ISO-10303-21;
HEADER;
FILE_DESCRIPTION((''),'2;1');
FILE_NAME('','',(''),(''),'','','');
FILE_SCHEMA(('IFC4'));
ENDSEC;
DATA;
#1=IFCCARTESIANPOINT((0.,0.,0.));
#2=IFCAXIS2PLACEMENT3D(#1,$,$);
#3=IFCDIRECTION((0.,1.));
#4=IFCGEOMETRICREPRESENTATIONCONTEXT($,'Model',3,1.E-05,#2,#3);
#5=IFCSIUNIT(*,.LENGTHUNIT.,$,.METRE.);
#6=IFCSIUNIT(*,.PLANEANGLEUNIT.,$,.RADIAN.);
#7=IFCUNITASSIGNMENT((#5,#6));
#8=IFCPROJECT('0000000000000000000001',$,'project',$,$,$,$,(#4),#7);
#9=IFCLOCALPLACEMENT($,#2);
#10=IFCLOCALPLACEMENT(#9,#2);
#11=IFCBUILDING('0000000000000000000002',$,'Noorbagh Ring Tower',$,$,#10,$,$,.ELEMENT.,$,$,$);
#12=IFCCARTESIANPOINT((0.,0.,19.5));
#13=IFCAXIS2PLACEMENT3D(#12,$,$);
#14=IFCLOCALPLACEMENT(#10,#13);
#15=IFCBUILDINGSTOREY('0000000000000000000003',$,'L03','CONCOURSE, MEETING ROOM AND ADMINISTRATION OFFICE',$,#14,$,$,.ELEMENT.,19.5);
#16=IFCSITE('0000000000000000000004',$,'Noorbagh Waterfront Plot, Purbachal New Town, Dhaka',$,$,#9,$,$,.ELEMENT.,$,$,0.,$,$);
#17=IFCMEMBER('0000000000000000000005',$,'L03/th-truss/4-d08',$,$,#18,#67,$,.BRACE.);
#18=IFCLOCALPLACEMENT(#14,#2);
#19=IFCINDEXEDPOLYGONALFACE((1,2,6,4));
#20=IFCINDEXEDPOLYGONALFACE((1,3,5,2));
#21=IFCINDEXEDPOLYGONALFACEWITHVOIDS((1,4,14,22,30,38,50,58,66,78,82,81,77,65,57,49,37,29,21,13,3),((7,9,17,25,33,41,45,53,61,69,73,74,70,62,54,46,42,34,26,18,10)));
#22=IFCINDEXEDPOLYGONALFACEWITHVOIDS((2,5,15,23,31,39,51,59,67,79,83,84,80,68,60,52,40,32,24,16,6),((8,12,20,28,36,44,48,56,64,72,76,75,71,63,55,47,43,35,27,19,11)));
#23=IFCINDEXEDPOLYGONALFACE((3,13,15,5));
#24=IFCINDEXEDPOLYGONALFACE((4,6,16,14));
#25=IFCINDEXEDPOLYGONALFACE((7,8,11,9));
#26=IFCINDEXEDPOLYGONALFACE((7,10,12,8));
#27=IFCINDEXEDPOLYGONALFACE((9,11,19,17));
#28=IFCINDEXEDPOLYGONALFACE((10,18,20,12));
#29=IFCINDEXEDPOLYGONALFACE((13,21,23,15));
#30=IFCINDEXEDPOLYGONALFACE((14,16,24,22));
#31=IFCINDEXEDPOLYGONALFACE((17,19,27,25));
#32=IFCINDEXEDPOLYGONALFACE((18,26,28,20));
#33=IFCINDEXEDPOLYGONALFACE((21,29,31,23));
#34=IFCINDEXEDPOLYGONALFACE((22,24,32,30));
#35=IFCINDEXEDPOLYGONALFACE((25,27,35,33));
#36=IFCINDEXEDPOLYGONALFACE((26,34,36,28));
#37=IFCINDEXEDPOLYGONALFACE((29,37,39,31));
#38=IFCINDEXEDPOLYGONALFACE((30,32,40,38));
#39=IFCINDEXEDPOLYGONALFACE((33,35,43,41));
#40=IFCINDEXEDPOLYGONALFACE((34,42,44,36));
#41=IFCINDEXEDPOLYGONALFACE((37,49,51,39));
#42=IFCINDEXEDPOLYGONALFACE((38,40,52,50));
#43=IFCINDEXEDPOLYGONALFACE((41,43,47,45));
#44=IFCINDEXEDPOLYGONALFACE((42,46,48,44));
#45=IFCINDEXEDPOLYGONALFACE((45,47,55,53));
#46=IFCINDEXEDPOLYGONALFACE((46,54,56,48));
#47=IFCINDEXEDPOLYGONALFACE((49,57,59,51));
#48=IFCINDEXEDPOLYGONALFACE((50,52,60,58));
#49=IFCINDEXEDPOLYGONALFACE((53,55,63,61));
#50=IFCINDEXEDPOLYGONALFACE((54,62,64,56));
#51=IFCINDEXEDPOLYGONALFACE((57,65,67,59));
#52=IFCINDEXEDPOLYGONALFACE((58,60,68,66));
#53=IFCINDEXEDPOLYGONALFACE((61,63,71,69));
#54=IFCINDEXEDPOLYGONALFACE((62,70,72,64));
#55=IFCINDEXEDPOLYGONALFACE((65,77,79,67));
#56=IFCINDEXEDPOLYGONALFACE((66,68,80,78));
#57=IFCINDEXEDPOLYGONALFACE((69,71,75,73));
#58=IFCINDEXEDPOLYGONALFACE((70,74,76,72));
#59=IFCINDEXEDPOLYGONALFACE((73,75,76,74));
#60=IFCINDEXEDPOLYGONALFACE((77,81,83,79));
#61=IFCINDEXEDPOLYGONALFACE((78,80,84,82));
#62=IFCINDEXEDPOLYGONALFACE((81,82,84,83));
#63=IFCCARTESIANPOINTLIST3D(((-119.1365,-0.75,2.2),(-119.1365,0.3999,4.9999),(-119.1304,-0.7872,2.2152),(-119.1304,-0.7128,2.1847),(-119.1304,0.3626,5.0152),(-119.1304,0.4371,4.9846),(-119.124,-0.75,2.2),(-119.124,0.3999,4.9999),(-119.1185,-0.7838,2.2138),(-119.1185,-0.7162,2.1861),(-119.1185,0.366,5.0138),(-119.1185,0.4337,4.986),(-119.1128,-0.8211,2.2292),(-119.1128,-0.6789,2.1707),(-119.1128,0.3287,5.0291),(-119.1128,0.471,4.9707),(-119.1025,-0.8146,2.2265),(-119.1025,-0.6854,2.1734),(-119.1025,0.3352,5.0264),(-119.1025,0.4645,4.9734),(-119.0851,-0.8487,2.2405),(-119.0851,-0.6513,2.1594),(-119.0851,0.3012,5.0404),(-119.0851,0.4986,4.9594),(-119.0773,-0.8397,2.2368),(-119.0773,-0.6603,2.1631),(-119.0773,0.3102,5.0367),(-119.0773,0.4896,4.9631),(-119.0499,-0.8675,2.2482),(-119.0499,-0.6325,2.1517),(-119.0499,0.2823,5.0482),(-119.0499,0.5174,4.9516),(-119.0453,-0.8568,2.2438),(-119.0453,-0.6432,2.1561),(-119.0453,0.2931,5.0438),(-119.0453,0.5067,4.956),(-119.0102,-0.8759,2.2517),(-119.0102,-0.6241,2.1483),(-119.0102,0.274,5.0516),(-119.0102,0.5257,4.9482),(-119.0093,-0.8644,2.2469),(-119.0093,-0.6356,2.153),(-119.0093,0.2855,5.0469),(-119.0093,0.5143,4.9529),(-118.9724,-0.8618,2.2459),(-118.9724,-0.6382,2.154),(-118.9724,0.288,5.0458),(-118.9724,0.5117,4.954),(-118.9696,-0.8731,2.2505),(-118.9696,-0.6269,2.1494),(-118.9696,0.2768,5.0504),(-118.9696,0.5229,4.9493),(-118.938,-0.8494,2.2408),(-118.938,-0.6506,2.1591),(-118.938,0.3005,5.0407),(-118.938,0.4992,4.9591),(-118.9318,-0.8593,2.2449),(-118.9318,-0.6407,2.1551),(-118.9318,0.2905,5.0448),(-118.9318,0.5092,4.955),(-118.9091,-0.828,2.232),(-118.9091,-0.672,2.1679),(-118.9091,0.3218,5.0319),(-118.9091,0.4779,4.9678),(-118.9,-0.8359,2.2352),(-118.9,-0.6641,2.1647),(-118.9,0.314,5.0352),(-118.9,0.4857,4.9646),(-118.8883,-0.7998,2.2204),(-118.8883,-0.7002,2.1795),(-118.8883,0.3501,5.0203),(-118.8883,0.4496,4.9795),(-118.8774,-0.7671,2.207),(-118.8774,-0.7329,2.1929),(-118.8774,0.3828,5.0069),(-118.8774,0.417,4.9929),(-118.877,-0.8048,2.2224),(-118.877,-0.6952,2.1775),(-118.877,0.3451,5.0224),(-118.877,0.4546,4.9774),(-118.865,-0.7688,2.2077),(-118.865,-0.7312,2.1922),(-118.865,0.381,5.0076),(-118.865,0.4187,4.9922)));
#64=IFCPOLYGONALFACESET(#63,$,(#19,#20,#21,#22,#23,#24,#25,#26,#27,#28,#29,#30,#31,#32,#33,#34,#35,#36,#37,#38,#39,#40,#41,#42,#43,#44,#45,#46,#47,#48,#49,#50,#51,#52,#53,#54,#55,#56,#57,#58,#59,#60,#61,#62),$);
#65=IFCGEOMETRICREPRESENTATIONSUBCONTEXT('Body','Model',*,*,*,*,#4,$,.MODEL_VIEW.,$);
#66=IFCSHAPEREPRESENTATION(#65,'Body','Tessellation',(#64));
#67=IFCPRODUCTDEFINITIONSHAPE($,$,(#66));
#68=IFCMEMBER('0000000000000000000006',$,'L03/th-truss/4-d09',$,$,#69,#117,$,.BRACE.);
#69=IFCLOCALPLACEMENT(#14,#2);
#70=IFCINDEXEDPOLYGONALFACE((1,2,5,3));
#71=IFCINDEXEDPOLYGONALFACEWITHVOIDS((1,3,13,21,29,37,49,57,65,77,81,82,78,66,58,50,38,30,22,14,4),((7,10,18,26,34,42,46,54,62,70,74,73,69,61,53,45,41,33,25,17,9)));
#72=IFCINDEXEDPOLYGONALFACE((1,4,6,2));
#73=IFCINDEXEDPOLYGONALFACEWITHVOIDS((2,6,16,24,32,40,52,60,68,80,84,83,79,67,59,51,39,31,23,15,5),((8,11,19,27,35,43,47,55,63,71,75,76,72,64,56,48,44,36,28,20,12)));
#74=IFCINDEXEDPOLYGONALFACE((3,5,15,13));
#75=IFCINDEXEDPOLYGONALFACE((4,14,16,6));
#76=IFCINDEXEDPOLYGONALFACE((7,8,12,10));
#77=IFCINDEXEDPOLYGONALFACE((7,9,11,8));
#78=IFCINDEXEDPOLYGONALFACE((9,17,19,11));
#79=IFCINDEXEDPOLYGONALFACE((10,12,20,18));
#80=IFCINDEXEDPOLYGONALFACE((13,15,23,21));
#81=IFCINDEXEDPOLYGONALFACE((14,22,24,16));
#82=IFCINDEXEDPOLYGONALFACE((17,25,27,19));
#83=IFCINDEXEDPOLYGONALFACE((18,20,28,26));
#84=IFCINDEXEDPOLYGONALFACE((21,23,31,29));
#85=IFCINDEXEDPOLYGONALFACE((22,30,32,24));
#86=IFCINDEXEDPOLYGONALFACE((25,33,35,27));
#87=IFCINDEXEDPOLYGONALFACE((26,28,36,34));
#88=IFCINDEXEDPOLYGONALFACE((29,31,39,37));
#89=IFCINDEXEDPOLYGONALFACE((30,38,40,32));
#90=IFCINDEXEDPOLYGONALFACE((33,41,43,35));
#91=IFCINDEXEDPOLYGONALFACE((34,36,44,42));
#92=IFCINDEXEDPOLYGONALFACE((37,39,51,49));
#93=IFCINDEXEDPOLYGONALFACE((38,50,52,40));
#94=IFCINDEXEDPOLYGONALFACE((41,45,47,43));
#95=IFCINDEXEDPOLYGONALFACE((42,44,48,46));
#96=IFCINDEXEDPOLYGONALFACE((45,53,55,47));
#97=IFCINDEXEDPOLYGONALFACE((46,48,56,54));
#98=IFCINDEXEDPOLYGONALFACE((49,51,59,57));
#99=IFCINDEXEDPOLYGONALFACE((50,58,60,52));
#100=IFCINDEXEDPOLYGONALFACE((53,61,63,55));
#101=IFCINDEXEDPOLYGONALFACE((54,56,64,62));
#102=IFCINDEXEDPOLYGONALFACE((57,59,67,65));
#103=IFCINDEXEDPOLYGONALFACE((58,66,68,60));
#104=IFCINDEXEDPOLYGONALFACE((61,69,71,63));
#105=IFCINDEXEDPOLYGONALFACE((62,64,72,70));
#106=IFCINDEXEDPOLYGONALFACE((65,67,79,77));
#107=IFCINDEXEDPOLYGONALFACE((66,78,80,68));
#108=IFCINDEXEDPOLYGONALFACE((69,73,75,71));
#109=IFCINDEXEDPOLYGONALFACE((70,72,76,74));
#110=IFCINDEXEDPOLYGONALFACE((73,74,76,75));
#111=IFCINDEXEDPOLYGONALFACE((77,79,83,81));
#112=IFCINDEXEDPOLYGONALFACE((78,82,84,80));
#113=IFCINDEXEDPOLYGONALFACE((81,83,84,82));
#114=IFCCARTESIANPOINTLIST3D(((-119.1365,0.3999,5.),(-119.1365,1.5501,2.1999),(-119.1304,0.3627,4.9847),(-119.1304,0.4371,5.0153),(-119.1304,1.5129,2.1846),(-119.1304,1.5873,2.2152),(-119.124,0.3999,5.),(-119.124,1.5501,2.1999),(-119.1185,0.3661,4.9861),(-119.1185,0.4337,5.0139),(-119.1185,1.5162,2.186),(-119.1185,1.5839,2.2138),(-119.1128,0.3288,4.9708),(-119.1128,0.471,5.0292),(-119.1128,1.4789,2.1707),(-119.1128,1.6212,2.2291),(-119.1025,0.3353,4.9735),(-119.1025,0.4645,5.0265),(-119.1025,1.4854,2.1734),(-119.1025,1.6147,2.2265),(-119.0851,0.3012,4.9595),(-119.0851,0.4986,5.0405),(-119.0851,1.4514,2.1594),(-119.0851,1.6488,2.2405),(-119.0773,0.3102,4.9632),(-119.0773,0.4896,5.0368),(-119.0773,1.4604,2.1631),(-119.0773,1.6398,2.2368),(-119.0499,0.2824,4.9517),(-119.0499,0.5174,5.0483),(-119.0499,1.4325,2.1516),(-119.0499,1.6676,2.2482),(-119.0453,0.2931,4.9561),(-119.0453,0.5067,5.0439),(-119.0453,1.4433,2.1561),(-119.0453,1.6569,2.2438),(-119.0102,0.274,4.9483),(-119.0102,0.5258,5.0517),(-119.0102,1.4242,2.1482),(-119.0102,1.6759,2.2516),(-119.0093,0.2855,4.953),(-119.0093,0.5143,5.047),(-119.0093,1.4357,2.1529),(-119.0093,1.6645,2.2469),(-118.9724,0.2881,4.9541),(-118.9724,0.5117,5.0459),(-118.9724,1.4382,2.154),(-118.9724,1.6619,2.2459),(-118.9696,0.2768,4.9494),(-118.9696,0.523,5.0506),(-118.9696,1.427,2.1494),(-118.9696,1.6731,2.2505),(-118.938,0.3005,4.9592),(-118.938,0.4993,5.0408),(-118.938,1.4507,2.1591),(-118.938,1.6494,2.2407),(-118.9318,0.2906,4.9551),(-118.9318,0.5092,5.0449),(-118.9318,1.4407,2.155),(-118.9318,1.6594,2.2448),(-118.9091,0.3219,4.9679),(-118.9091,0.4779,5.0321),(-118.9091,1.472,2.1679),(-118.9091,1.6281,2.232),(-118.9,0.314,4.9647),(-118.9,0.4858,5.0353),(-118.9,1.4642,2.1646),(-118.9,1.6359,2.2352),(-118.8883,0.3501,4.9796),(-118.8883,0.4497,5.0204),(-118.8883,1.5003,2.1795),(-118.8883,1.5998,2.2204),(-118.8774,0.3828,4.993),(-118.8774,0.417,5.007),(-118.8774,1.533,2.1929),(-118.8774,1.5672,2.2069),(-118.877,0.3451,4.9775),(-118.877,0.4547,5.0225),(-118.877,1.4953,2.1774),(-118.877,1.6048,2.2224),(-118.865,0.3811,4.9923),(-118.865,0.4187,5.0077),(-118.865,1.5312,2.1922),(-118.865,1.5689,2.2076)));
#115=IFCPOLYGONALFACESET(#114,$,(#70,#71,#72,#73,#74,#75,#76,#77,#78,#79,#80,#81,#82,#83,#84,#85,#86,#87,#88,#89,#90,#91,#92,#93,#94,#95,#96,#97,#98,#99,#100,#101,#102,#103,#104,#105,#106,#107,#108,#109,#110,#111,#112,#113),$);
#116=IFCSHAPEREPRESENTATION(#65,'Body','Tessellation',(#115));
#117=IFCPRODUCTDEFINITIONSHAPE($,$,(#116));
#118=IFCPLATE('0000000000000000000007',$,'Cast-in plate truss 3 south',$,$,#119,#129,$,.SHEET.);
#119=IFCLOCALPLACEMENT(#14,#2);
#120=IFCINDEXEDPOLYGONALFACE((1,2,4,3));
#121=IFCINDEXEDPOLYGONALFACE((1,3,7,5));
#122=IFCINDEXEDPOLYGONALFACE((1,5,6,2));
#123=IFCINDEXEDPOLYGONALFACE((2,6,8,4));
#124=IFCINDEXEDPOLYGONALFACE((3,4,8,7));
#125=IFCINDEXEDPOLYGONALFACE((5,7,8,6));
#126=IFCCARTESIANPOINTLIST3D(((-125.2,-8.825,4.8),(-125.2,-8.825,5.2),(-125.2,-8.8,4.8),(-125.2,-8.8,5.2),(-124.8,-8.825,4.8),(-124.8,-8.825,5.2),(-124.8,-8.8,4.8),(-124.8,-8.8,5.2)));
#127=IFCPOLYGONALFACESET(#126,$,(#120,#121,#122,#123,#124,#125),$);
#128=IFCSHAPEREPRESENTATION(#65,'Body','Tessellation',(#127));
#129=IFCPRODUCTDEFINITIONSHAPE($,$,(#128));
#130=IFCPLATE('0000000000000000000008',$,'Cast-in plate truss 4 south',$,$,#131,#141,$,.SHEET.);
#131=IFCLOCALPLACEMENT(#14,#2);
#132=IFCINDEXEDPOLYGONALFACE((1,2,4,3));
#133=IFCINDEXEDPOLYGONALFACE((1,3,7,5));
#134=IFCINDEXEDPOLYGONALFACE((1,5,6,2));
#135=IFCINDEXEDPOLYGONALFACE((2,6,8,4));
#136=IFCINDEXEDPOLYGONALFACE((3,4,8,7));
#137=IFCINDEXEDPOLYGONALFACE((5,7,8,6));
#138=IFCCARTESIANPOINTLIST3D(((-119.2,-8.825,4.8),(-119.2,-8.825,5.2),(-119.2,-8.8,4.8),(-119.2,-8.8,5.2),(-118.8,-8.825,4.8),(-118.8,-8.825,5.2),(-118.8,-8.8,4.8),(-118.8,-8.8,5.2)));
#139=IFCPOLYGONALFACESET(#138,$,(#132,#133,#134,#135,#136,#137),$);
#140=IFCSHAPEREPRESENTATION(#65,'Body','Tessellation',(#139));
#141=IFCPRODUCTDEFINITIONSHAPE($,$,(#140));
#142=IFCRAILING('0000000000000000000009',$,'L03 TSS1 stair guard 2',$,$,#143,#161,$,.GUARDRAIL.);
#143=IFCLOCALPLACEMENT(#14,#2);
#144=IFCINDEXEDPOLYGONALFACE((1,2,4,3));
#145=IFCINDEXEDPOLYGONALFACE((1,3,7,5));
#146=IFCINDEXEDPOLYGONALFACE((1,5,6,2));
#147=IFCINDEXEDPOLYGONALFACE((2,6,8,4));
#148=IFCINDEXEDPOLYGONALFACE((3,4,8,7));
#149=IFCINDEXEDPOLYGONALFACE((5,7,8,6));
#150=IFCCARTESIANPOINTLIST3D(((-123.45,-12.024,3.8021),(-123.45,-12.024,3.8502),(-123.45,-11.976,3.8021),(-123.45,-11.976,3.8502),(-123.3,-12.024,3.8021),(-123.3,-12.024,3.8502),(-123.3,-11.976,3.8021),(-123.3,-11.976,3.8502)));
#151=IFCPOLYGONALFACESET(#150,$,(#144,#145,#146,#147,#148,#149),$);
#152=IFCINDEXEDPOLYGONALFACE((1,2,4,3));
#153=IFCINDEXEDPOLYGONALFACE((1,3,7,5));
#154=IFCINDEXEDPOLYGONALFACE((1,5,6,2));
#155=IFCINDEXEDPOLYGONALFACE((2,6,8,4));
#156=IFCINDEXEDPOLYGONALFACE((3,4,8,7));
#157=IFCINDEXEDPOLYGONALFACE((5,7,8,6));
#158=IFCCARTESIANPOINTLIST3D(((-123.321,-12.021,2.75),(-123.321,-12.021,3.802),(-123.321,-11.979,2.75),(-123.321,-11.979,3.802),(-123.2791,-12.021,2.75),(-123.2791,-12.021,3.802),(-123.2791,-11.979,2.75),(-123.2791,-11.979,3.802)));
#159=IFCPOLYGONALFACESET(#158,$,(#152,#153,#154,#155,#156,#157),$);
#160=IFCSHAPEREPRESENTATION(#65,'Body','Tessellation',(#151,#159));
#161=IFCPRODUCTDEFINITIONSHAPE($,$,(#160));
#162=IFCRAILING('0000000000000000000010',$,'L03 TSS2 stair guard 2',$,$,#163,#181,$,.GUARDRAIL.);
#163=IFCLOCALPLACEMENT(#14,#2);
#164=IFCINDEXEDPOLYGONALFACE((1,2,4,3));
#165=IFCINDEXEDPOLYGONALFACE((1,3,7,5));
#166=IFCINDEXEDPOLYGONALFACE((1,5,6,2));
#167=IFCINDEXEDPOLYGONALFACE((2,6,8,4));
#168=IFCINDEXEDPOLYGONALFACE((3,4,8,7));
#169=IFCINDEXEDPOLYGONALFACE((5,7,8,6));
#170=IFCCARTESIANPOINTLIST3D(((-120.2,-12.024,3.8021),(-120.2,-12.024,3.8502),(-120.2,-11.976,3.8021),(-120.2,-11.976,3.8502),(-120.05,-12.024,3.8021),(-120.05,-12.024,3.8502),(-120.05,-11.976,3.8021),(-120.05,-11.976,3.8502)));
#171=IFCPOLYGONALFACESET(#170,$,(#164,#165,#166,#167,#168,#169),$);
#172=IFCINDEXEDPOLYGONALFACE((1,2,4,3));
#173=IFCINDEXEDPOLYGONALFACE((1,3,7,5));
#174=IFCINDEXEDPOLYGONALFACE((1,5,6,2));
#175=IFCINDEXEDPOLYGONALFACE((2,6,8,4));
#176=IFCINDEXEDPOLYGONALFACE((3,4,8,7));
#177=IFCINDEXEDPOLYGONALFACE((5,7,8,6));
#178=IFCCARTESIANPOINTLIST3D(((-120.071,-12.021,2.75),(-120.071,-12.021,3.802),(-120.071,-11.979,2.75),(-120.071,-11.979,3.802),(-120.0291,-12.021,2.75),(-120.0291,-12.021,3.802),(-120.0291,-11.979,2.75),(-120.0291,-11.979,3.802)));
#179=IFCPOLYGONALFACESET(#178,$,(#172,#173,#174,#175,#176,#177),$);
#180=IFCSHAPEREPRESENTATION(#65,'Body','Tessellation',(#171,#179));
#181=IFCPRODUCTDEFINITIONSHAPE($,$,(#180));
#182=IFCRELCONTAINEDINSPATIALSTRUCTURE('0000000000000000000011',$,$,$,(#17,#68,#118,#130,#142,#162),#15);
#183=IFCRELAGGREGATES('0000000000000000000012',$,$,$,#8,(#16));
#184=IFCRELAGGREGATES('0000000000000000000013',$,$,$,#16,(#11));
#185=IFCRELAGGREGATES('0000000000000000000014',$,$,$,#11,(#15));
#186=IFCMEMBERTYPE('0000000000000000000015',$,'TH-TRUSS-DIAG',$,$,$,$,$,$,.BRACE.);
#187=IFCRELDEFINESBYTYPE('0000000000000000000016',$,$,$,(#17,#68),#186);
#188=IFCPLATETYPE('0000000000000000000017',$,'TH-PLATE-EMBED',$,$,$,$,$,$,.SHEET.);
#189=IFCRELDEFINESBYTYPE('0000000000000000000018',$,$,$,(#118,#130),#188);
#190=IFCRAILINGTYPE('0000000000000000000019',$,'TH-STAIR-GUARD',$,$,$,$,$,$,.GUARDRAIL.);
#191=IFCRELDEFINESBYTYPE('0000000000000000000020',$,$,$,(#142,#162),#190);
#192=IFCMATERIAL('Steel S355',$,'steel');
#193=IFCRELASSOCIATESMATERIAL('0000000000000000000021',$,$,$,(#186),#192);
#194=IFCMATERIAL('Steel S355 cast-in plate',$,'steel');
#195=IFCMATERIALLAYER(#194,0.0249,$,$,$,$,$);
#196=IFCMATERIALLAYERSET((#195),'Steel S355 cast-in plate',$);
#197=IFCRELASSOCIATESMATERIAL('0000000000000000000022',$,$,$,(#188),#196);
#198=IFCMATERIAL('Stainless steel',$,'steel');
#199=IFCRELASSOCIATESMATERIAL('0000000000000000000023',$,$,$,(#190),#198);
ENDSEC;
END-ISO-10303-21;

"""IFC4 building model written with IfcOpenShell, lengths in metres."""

from ifc_helpers import new_model, si_unit, direction, frame, origin, origin_2d, place, context, subcontext, project, spatial, rectangle, hollow_circle, extrude, material, layer, layer_set, material_profile, profile_set, type_object, element, save


model = new_model("IFC4")

# Units and contexts
model_context = context("Model", 3, precision=1e-05, world=origin(), true_north=direction((0.0, 1.0)))
body_context = subcontext(model_context, "Body", "Model", "MODEL_VIEW")
ifc_project = project(units=[si_unit("LENGTHUNIT", "METRE"), si_unit("PLANEANGLEUNIT", "RADIAN")], contexts=[model_context])

# Site, building, storey
site_placement = place(None, origin())
site = spatial("IfcSite", under=ifc_project, at=site_placement, Name="Noorbagh Waterfront Plot, Purbachal New Town, Dhaka", CompositionType="ELEMENT", RefElevation=0.0)
building_placement = place(site_placement, origin())
building = spatial("IfcBuilding", under=site, at=building_placement, Name="Noorbagh Ring Tower", CompositionType="ELEMENT")
storey_placement = place(building_placement, frame((0.0, 0.0, 19.5)))
storey = spatial("IfcBuildingStorey", under=building, at=storey_placement, Name="L03", Description="CONCOURSE, MEETING ROOM AND ADMINISTRATION OFFICE", CompositionType="ELEMENT", Elevation=19.5)

# Members
ifc_material_1 = material(Name="Steel S355", Category="steel")
ifc_material_profile_1 = material_profile(ifc_material_1, hollow_circle(Radius=0.1365, WallThickness=0.0125, at=origin_2d()), Name="CHS273x12.5")
ifc_profile_set_1 = profile_set([ifc_material_profile_1], Name="Steel S355")
member_type = type_object("IfcMemberType", Name="TH-TRUSS-DIAG", PredefinedType="BRACE", material=ifc_profile_set_1)
for number, where, z_axis, x_axis, name in (
    (1, (-119.0, -0.75, 2.2), (0.0, 0.379886, 0.925033), (-1.0, 0.0, 0.0), "L03/th-truss/4-d08"),
):
    element("IfcMember", number, at=place(storey_placement, frame(where, z_axis=z_axis, x_axis=x_axis)), inside=storey, type_object=member_type, Name=name, PredefinedType="BRACE", context=body_context, shape_type="SweptSolid", body=[
        extrude(hollow_circle(Radius=0.1365, WallThickness=0.0125, at=origin_2d()), origin(), (0.0, 0.0, 1.0), 3.0269),
    ])
member_1_placement = place(storey_placement, frame((-119.0, 0.3999, 5.0), z_axis=(0.0, 0.379955, -0.925005), x_axis=(-1.0, 0.0, 0.0)))
element("IfcMember", 2, at=member_1_placement, inside=storey, type_object=member_type, Name="L03/th-truss/4-d09", PredefinedType="BRACE", context=body_context, shape_type="SweptSolid", body=[
    extrude(hollow_circle(Radius=0.1365, WallThickness=0.0125, at=origin_2d()), origin(), (0.0, 0.0, 1.0), 3.0271),
])

# Plates
ifc_material_2 = material(Name="Steel S355 cast-in plate", Category="steel")
ifc_layer = layer(ifc_material_2, 0.0249)
ifc_layer_set = layer_set([ifc_layer], Name="Steel S355 cast-in plate")
plate_type = type_object("IfcPlateType", Name="TH-PLATE-EMBED", PredefinedType="SHEET", material=ifc_layer_set)
for number, where, z_axis, x_axis, name in (
    (3, (-125.0, -8.8125, 4.8), (0.0, 0.0, 1.0), (1.0, 0.0, 0.0), "Cast-in plate truss 3 south"),
    (4, (-119.0, -8.8125, 4.8), (0.0, 0.0, 1.0), (1.0, 0.0, 0.0), "Cast-in plate truss 4 south"),
):
    element("IfcPlate", number, at=place(storey_placement, frame(where, z_axis=z_axis, x_axis=x_axis)), inside=storey, type_object=plate_type, Name=name, PredefinedType="SHEET", context=body_context, shape_type="SweptSolid", body=[
        extrude(rectangle(XDim=0.3999, YDim=0.0249, at=origin_2d()), origin(), (0.0, 0.0, 1.0), 0.3999),
    ])

# Railings
ifc_material_3 = material(Name="Stainless steel", Category="steel")
railing_type = type_object("IfcRailingType", Name="TH-STAIR-GUARD", PredefinedType="GUARDRAIL", material=ifc_material_3)
for number, where, name in (
    (5, (-123.3, -12.0, 2.75), "L03 TSS1 stair guard 2"),
    (6, (-120.05, -12.0, 2.75), "L03 TSS2 stair guard 2"),
):
    element("IfcRailing", number, at=place(storey_placement, frame(where)), inside=storey, type_object=railing_type, Name=name, PredefinedType="GUARDRAIL", context=body_context, shape_type="SweptSolid", body=[
        extrude(rectangle(XDim=0.0481, YDim=0.0481, at=origin_2d()), frame((0.0, 0.0, 1.0762), z_axis=(-1.0, 0.0, 0.0), x_axis=(0.0, -1.0, 0.0)), (0.0, 0.0, 1.0), 0.1499),
        extrude(rectangle(XDim=0.042, YDim=0.042, at=origin_2d()), origin(), (0.0, 0.0, 1.0), 1.052),
    ])

save(model, "model.ifc")
